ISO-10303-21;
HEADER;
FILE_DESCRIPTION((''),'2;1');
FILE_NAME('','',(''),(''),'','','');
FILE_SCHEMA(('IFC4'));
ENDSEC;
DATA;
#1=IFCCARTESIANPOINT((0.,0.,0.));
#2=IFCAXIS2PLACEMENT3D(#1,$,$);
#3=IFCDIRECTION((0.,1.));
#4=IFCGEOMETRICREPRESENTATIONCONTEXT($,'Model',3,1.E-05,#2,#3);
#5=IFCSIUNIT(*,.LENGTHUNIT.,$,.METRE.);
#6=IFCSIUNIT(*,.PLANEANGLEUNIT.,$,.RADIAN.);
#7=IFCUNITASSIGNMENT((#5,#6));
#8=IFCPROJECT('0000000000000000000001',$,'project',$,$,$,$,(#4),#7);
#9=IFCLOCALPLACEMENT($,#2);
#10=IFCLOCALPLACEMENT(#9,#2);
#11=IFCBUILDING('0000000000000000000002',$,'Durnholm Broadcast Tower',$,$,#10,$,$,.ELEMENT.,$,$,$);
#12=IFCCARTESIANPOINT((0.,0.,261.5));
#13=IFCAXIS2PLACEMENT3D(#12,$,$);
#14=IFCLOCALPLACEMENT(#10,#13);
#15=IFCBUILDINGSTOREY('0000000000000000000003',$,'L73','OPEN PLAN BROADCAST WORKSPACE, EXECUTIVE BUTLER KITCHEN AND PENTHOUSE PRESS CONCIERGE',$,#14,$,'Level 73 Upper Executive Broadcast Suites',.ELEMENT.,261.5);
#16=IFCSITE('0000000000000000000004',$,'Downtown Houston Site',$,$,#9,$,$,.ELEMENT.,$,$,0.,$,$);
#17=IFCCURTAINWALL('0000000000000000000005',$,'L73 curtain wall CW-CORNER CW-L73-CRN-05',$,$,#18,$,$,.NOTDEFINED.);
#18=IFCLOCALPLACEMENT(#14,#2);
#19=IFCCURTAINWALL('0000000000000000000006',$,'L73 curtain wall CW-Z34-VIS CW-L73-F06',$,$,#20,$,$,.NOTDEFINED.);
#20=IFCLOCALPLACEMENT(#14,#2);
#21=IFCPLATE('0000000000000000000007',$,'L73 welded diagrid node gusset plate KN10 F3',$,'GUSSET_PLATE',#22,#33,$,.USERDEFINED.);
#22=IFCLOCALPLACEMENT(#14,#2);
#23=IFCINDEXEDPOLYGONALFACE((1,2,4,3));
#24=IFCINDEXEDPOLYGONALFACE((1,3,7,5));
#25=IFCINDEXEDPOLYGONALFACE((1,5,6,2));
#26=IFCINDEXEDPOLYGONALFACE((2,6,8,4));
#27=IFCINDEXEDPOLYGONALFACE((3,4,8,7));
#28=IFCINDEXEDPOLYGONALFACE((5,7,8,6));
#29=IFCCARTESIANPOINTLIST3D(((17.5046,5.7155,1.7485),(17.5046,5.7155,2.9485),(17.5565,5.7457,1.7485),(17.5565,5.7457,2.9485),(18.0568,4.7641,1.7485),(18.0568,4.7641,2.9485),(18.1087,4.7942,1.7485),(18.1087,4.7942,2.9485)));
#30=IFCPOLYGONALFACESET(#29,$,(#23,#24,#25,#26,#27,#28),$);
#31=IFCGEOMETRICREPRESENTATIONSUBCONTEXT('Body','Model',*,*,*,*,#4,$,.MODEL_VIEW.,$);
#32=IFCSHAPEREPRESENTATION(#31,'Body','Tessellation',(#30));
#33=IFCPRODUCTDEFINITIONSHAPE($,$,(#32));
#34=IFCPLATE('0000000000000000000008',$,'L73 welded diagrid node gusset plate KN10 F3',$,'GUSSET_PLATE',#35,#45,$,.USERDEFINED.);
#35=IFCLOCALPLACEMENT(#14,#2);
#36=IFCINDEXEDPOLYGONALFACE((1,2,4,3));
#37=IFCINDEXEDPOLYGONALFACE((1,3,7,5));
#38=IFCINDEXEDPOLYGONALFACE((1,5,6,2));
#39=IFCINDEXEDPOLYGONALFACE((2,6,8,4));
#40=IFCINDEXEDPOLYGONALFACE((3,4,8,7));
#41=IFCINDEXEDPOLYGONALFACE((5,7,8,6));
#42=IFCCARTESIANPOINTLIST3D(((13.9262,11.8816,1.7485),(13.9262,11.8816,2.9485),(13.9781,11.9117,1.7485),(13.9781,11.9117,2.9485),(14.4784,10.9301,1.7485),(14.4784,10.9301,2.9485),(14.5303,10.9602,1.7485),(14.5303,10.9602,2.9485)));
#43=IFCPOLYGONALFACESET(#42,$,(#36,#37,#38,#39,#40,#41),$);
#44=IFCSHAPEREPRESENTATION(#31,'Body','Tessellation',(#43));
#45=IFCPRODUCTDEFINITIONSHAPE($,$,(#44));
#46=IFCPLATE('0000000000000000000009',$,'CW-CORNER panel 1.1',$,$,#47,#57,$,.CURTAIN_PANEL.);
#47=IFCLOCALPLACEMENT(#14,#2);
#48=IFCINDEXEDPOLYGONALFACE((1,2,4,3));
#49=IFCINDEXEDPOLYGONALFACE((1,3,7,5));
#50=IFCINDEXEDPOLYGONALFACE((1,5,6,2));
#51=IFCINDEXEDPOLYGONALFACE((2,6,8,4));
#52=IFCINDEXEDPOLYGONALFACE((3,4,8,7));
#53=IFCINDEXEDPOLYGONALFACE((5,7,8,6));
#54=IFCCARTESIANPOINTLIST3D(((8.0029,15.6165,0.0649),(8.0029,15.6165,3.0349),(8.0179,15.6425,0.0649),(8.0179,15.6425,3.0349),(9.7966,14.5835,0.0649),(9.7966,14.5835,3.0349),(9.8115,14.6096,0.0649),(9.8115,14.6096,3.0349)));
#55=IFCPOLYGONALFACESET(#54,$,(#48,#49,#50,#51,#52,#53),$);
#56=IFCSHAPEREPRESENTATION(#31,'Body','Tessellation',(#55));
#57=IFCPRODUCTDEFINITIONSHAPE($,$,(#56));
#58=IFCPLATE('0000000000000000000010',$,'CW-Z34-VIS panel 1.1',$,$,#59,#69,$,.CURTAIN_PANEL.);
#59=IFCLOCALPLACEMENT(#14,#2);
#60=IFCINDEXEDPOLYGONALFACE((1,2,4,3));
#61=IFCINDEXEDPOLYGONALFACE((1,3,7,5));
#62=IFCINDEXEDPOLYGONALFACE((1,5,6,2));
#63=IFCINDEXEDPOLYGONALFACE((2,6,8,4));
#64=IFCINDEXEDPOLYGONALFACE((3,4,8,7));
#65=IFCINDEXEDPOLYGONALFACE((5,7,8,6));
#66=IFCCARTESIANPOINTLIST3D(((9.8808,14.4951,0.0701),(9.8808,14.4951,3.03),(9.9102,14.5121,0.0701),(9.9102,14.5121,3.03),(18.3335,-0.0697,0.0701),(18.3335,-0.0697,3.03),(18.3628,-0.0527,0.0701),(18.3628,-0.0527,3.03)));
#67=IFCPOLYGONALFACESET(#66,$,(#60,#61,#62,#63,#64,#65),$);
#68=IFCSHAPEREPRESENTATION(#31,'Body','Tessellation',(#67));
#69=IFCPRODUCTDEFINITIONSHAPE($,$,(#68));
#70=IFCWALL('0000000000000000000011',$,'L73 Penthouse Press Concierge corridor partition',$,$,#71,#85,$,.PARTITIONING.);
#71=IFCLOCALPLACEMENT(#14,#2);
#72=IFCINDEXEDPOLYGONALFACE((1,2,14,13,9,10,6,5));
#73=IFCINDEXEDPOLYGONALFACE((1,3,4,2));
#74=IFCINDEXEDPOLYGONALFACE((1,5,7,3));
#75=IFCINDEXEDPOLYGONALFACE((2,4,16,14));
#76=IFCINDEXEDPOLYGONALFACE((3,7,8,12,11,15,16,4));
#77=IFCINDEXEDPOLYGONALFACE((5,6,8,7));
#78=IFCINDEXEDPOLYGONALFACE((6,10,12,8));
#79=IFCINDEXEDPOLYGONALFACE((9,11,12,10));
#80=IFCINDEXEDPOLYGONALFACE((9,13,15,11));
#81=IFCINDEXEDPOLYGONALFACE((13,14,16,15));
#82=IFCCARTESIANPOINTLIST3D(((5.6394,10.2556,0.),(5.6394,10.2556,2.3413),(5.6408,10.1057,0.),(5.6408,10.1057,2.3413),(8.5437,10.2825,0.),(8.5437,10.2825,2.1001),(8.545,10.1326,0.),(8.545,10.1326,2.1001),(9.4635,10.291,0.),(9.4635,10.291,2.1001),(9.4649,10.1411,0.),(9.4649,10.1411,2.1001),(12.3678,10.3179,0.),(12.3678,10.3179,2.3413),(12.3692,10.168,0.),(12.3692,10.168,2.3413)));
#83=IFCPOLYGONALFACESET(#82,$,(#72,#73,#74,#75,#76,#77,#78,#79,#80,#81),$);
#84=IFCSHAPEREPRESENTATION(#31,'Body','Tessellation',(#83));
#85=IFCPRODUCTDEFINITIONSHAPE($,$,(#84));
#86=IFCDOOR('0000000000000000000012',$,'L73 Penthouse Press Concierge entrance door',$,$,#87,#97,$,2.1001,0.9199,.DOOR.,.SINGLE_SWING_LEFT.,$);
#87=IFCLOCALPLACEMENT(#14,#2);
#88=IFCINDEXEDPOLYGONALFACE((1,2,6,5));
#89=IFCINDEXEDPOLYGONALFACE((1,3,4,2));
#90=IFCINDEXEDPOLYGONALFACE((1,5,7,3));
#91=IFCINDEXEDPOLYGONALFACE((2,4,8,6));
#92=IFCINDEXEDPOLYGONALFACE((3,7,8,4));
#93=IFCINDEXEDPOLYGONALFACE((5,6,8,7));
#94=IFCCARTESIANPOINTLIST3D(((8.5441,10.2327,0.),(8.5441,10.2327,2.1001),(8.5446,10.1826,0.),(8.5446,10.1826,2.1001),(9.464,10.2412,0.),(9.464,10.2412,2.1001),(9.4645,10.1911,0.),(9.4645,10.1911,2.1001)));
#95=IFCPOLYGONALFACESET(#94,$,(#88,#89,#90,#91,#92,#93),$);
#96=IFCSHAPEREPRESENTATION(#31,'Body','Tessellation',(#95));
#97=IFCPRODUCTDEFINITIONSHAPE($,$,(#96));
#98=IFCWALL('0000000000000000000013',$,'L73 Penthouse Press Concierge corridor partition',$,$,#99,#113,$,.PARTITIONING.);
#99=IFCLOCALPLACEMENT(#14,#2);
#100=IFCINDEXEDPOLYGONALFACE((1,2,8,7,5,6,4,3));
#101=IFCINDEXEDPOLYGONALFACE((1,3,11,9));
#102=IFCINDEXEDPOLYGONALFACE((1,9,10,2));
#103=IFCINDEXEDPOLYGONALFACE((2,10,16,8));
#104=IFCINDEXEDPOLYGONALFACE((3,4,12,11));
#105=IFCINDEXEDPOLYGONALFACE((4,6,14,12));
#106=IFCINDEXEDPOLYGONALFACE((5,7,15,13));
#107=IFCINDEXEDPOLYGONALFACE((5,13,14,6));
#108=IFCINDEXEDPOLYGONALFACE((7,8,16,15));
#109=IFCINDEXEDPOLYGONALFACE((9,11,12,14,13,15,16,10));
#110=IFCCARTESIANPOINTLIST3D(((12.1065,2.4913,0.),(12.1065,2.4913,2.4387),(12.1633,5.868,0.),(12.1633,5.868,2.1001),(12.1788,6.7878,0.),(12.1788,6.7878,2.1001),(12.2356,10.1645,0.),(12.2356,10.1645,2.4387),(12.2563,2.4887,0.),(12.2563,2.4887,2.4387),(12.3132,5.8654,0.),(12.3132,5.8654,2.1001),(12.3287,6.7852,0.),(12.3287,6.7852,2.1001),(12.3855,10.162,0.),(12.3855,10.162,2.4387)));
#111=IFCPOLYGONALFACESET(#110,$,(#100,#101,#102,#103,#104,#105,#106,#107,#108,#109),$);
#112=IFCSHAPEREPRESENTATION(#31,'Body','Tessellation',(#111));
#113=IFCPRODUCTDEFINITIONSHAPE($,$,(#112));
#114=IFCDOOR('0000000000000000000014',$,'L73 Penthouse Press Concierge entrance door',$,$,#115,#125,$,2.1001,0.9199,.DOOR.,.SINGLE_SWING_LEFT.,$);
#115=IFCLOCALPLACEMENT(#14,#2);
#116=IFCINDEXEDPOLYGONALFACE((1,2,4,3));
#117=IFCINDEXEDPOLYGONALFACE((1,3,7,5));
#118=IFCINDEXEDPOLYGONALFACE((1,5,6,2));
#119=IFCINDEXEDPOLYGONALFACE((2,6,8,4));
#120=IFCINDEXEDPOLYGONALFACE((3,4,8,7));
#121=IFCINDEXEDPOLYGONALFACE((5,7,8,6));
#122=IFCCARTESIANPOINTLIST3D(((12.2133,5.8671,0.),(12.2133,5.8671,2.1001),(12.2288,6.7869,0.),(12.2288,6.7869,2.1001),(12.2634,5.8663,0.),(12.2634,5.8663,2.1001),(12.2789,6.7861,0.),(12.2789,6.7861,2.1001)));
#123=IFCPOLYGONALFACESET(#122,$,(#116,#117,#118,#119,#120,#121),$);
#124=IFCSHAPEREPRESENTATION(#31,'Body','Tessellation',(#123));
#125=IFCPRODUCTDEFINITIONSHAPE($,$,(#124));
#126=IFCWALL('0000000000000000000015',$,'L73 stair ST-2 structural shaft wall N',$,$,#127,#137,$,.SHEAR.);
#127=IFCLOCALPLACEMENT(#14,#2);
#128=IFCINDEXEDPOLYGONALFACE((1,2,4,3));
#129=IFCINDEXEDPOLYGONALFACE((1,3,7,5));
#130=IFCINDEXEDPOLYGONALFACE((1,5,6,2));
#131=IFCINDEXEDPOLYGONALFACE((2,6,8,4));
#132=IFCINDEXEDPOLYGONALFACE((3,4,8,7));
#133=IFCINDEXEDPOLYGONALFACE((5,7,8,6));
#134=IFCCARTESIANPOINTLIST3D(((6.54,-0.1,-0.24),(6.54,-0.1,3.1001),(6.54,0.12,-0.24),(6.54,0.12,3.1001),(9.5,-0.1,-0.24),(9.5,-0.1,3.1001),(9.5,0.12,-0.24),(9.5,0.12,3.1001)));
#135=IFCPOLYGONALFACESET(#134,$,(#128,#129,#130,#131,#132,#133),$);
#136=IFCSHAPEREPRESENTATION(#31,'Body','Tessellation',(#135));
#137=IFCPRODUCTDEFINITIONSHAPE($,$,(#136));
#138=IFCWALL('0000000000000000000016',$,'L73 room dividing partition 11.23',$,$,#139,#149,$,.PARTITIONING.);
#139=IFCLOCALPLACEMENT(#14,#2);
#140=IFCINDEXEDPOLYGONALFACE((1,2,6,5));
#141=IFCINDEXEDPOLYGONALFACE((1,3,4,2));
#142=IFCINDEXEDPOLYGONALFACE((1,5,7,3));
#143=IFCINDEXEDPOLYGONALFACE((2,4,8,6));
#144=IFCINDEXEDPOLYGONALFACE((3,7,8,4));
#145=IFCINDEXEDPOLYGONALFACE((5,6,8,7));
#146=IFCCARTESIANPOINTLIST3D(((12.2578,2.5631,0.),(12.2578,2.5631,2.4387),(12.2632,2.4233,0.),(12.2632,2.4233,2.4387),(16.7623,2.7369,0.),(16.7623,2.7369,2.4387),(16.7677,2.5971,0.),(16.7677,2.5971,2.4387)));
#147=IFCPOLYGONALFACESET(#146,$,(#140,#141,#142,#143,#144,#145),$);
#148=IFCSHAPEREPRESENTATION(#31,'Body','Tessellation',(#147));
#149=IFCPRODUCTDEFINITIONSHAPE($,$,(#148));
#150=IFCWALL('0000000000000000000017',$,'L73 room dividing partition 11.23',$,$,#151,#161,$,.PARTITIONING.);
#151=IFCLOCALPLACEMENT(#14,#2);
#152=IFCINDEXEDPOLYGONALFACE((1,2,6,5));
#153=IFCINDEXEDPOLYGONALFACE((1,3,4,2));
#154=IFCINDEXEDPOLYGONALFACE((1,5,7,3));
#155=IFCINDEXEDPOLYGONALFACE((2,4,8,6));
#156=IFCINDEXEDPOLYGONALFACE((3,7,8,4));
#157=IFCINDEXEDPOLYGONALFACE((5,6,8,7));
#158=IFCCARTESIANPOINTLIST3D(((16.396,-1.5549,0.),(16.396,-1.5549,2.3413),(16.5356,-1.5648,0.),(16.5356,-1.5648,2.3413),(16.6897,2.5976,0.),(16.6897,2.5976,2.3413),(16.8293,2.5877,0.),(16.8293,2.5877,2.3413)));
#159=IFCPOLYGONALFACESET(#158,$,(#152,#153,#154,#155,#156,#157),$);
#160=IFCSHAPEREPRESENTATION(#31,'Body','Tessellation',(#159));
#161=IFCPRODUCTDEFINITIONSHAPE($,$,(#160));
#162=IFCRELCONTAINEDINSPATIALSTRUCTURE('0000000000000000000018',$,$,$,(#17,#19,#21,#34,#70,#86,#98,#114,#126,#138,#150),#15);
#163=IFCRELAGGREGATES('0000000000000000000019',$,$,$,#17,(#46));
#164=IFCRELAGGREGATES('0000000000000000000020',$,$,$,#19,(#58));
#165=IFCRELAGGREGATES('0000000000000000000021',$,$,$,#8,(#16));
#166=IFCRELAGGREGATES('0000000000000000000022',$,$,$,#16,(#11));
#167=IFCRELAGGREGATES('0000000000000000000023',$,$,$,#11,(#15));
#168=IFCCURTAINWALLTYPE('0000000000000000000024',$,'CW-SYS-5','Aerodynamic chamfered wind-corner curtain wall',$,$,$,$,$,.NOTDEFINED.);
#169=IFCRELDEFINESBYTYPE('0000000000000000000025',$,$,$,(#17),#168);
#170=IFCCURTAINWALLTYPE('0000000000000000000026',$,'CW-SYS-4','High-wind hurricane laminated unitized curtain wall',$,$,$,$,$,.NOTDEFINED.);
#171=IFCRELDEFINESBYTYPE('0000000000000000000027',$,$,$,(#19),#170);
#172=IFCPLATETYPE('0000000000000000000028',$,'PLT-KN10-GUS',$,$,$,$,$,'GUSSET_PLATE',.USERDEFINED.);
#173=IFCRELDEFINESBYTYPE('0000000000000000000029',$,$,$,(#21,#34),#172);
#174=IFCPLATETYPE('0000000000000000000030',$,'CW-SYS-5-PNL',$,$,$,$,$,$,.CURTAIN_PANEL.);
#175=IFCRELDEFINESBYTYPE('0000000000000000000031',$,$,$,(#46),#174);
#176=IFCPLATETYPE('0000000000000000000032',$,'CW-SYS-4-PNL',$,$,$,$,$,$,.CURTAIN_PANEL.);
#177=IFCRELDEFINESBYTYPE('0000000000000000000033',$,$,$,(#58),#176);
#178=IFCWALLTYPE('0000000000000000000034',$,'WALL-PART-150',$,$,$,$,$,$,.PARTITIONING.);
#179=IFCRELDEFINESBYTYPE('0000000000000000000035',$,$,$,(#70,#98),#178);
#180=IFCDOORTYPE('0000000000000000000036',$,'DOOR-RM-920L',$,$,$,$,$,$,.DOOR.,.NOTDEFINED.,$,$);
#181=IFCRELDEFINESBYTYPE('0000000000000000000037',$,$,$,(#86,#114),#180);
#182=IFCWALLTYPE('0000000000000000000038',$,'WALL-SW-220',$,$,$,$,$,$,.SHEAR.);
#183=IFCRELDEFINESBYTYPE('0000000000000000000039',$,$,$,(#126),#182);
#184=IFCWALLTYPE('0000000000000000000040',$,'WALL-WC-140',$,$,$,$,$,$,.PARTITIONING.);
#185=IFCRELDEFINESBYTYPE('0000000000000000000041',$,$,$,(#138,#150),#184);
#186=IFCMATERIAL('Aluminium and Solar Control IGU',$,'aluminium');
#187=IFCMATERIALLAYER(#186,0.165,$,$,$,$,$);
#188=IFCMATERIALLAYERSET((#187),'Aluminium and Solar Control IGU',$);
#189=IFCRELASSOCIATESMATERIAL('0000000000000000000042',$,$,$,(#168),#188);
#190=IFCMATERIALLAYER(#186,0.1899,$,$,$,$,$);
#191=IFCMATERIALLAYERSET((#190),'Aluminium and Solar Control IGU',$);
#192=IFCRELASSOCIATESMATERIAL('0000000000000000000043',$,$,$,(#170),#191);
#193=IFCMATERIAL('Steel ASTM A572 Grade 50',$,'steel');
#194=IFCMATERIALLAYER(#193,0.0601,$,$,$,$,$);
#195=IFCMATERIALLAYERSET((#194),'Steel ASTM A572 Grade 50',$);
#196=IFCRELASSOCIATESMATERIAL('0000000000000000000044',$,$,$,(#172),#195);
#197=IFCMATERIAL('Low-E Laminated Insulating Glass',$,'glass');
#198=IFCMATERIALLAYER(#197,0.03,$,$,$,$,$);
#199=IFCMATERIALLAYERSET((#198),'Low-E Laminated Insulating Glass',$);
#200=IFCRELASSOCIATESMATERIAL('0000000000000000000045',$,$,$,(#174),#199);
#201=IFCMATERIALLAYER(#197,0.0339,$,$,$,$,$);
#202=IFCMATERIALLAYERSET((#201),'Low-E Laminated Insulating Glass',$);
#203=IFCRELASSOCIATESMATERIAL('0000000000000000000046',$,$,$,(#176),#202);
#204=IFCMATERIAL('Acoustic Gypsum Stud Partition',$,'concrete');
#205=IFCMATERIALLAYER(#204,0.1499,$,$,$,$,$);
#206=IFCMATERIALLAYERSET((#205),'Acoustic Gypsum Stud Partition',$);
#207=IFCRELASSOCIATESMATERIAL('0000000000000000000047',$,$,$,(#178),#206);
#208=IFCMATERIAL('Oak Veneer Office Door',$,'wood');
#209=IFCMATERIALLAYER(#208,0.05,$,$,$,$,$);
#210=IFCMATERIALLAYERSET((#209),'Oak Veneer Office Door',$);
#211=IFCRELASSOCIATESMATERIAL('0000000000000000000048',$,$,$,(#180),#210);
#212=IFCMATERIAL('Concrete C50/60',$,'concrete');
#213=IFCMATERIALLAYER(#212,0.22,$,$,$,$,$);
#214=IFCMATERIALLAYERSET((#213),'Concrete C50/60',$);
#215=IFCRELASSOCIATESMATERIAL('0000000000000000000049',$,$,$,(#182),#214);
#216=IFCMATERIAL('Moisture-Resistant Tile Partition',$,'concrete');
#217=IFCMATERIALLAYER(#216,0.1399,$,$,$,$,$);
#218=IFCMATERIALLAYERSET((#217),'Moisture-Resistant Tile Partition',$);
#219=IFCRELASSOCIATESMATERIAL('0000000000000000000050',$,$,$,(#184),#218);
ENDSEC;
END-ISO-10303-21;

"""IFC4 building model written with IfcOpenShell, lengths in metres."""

from ifc_helpers import new_model, si_unit, direction, frame, frame_2d, origin, origin_2d, place, context, subcontext, project, spatial, rectangle, extrude, source, transform, mapped, material, layer, layer_set, type_object, type_shapes, element, fill, aggregate, save


model = new_model("IFC4")

# Units and contexts
model_context = context("Model", 3, precision=1e-05, world=origin(), true_north=direction((0.0, 1.0)))
body_context = subcontext(model_context, "Body", "Model", "MODEL_VIEW")
ifc_project = project(units=[si_unit("LENGTHUNIT", "METRE"), si_unit("PLANEANGLEUNIT", "RADIAN")], contexts=[model_context])

# Site, building, storey
site_placement = place(None, origin())
site = spatial("IfcSite", under=ifc_project, at=site_placement, Name="Downtown Houston Site", CompositionType="ELEMENT", RefElevation=0.0)
building_placement = place(site_placement, origin())
building = spatial("IfcBuilding", under=site, at=building_placement, Name="Durnholm Broadcast Tower", CompositionType="ELEMENT")
storey_placement = place(building_placement, frame((0.0, 0.0, 261.5)))
storey = spatial("IfcBuildingStorey", under=building, at=storey_placement, Name="L73", Description="OPEN PLAN BROADCAST WORKSPACE, EXECUTIVE BUTLER KITCHEN AND PENTHOUSE PRESS CONCIERGE", LongName="Level 73 Upper Executive Broadcast Suites", CompositionType="ELEMENT", Elevation=261.5)

# Curtain walls
ifc_material_1 = material(Name="Aluminium and Solar Control IGU", Category="aluminium")
ifc_layer_1 = layer(ifc_material_1, 0.165)
ifc_layer_set_1 = layer_set([ifc_layer_1], Name="Aluminium and Solar Control IGU")
curtain_wall_type_1 = type_object("IfcCurtainWallType", Name="CW-SYS-5", Description="Aerodynamic chamfered wind-corner curtain wall", PredefinedType="NOTDEFINED", material=ifc_layer_set_1)
curtain_wall_1_placement = place(storey_placement, origin())
curtain_wall_1 = element("IfcCurtainWall", 1, at=curtain_wall_1_placement, inside=storey, type_object=curtain_wall_type_1, Name="L73 curtain wall CW-CORNER CW-L73-CRN-05", PredefinedType="NOTDEFINED")
ifc_layer_2 = layer(ifc_material_1, 0.1899)
ifc_layer_set_2 = layer_set([ifc_layer_2], Name="Aluminium and Solar Control IGU")
curtain_wall_type_2 = type_object("IfcCurtainWallType", Name="CW-SYS-4", Description="High-wind hurricane laminated unitized curtain wall", PredefinedType="NOTDEFINED", material=ifc_layer_set_2)
curtain_wall_2_placement = place(storey_placement, origin())
curtain_wall_2 = element("IfcCurtainWall", 2, at=curtain_wall_2_placement, inside=storey, type_object=curtain_wall_type_2, Name="L73 curtain wall CW-Z34-VIS CW-L73-F06", PredefinedType="NOTDEFINED")

# Plates
ifc_material_2 = material(Name="Steel ASTM A572 Grade 50", Category="steel")
ifc_layer_3 = layer(ifc_material_2, 0.0601)
ifc_layer_set_3 = layer_set([ifc_layer_3], Name="Steel ASTM A572 Grade 50")
plate_type_1 = type_object("IfcPlateType", Name="PLT-KN10-GUS", ElementType="GUSSET_PLATE", PredefinedType="USERDEFINED", material=ifc_layer_set_3)
shared_shape_1 = source(origin(), body_context, "Body", "SweptSolid", [
    extrude(rectangle(XDim=1.1001, YDim=0.0601, at=origin_2d()), origin(), (0.0, 0.0, 1.0), 1.2),
])
type_shapes(plate_type_1, [shared_shape_1])
for number, where, z_axis, x_axis, name in (
    (3, (17.8066, 5.2549, 1.7485), (0.0, 0.0, 1.0), (-0.501964, 0.864889, 0.0), "L73 welded diagrid node gusset plate KN10 F3"),
    (4, (14.2283, 11.4209, 1.7485), (0.0, 0.0, 1.0), (-0.501964, 0.864889, 0.0), "L73 welded diagrid node gusset plate KN10 F3"),
):
    element("IfcPlate", number, at=place(storey_placement, frame(where, z_axis=z_axis, x_axis=x_axis)), inside=storey, type_object=plate_type_1, Name=name, ObjectType="GUSSET_PLATE", PredefinedType="USERDEFINED", context=body_context, shape_type="MappedRepresentation", body=[
        mapped(shared_shape_1, transform((0.0, 0.0, 0.0), x_axis=(1.0, 0.0, 0.0), y_axis=(0.0, 1.0, 0.0), z_axis=(0.0, 0.0, 1.0), scale=1.0)),
    ])

# Plates
ifc_material_3 = material(Name="Low-E Laminated Insulating Glass", Category="glass")
ifc_layer_4 = layer(ifc_material_3, 0.03)
ifc_layer_set_4 = layer_set([ifc_layer_4], Name="Low-E Laminated Insulating Glass")
plate_type_2 = type_object("IfcPlateType", Name="CW-SYS-5-PNL", PredefinedType="CURTAIN_PANEL", material=ifc_layer_set_4)
shared_shape_2 = source(origin(), body_context, "Body", "SweptSolid", [
    extrude(rectangle(XDim=2.0698, YDim=0.03, at=origin_2d()), origin(), (0.0, 0.0, 1.0), 2.97),
])
type_shapes(plate_type_2, [shared_shape_2])
plate_1_placement = place(storey_placement, frame((8.9072, 15.113, 0.0649), z_axis=(0.0, 0.0, 1.0), x_axis=(0.866568, -0.499059, 0.0)))
plate_1 = element("IfcPlate", 5, at=plate_1_placement, type_object=plate_type_2, Name="CW-CORNER panel 1.1", PredefinedType="CURTAIN_PANEL", context=body_context, shape_type="MappedRepresentation", body=[
    mapped(shared_shape_2, transform((0.0, 0.0, 0.0), x_axis=(1.0, 0.0, 0.0), y_axis=(0.0, 1.0, 0.0), z_axis=(0.0, 0.0, 1.0), scale=1.0)),
])
aggregate(curtain_wall_1, [plate_1])
ifc_layer_5 = layer(ifc_material_3, 0.0339)
ifc_layer_set_5 = layer_set([ifc_layer_5], Name="Low-E Laminated Insulating Glass")
plate_type_3 = type_object("IfcPlateType", Name="CW-SYS-4-PNL", PredefinedType="CURTAIN_PANEL", material=ifc_layer_set_5)
shared_shape_3 = source(origin(), body_context, "Body", "SweptSolid", [
    extrude(rectangle(XDim=16.8398, YDim=0.0339, at=origin_2d()), origin(), (0.0, 0.0, 1.0), 2.96),
])
type_shapes(plate_type_3, [shared_shape_3])
plate_2_placement = place(storey_placement, frame((14.1218, 7.2212, 0.0701), z_axis=(0.0, 0.0, 1.0), x_axis=(0.501944, -0.8649, 0.0)))
plate_2 = element("IfcPlate", 6, at=plate_2_placement, type_object=plate_type_3, Name="CW-Z34-VIS panel 1.1", PredefinedType="CURTAIN_PANEL", context=body_context, shape_type="MappedRepresentation", body=[
    mapped(shared_shape_3, transform((0.0, 0.0, 0.0), x_axis=(1.0, 0.0, 0.0), y_axis=(0.0, 1.0, 0.0), z_axis=(0.0, 0.0, 1.0), scale=1.0)),
])
aggregate(curtain_wall_2, [plate_2])

# Walls, openings, doors
ifc_material_4 = material(Name="Acoustic Gypsum Stud Partition", Category="concrete")
ifc_layer_6 = layer(ifc_material_4, 0.1499)
ifc_layer_set_6 = layer_set([ifc_layer_6], Name="Acoustic Gypsum Stud Partition")
wall_type_1 = type_object("IfcWallType", Name="WALL-PART-150", PredefinedType="PARTITIONING", material=ifc_layer_set_6)
wall_1_placement = place(storey_placement, frame((12.3684, 10.2429, 0.0), z_axis=(0.0, 0.0, 1.0), x_axis=(-0.999957, -0.009252, 0.0)))
wall_1 = element("IfcWall", 7, at=wall_1_placement, inside=storey, type_object=wall_type_1, Name="L73 Penthouse Press Concierge corridor partition", PredefinedType="PARTITIONING", context=body_context, shape_type="SweptSolid", body=[
    extrude(rectangle(XDim=6.7288, YDim=0.1499, at=frame_2d((3.3643, 0.0))), origin(), (0.0, 0.0, 1.0), 2.3413),
])
opening_1_placement = place(wall_1_placement, frame((2.9043, 0.0, 0.0)))
opening_1 = element("IfcOpeningElement", 8, at=opening_1_placement, cuts=wall_1, PredefinedType="OPENING", context=body_context, shape_type="SweptSolid", body=[
    extrude(rectangle(XDim=0.9199, YDim=2.1001, at=frame_2d((0.46, 1.05))), frame((0.0, 0.085, 0.0), z_axis=(0.0, -1.0, 0.0), x_axis=(1.0, 0.0, 0.0)), (0.0, 0.0, 1.0), 0.1699),
])
ifc_material_5 = material(Name="Oak Veneer Office Door", Category="wood")
ifc_layer_7 = layer(ifc_material_5, 0.05)
ifc_layer_set_7 = layer_set([ifc_layer_7], Name="Oak Veneer Office Door")
door_type = type_object("IfcDoorType", Name="DOOR-RM-920L", OperationType="NOTDEFINED", PredefinedType="DOOR", material=ifc_layer_set_7)
shared_shape_4 = source(origin(), body_context, "Body", "SweptSolid", [
    extrude(rectangle(XDim=0.9199, YDim=2.1001, at=frame_2d((0.46, 1.05))), frame((0.0, 0.0249, 0.0), z_axis=(0.0, -1.0, 0.0), x_axis=(1.0, 0.0, 0.0)), (0.0, 0.0, 1.0), 0.05),
])
type_shapes(door_type, [shared_shape_4])
door_1_placement = place(opening_1_placement, origin())
door_1 = element("IfcDoor", 9, at=door_1_placement, inside=storey, type_object=door_type, Name="L73 Penthouse Press Concierge entrance door", OperationType="SINGLE_SWING_LEFT", OverallHeight=2.1001, OverallWidth=0.9199, PredefinedType="DOOR", context=body_context, shape_type="MappedRepresentation", body=[
    mapped(shared_shape_4, transform((0.0, 0.0, 0.0), x_axis=(1.0, 0.0, 0.0), y_axis=(0.0, 1.0, 0.0), z_axis=(0.0, 0.0, 1.0), scale=1.0)),
])
fill(opening_1, door_1)
wall_2_placement = place(storey_placement, frame((12.1814, 2.49, 0.0), z_axis=(0.0, 0.0, 1.0), x_axis=(0.016829, 0.999858, 0.0)))
wall_2 = element("IfcWall", 10, at=wall_2_placement, inside=storey, type_object=wall_type_1, Name="L73 Penthouse Press Concierge corridor partition", PredefinedType="PARTITIONING", context=body_context, shape_type="SweptSolid", body=[
    extrude(rectangle(XDim=7.6743, YDim=0.1499, at=frame_2d((3.8372, 0.0))), origin(), (0.0, 0.0, 1.0), 2.4387),
])
opening_2_placement = place(wall_2_placement, frame((3.3772, 0.0, 0.0)))
opening_2 = element("IfcOpeningElement", 11, at=opening_2_placement, cuts=wall_2, PredefinedType="OPENING", context=body_context, shape_type="SweptSolid", body=[
    extrude(rectangle(XDim=0.9199, YDim=2.1001, at=frame_2d((0.46, 1.05))), frame((0.0, 0.085, 0.0), z_axis=(0.0, -1.0, 0.0), x_axis=(1.0, 0.0, 0.0)), (0.0, 0.0, 1.0), 0.1699),
])
door_2_placement = place(opening_2_placement, origin())
door_2 = element("IfcDoor", 12, at=door_2_placement, inside=storey, type_object=door_type, Name="L73 Penthouse Press Concierge entrance door", OperationType="SINGLE_SWING_LEFT", OverallHeight=2.1001, OverallWidth=0.9199, PredefinedType="DOOR", context=body_context, shape_type="MappedRepresentation", body=[
    mapped(shared_shape_4, transform((0.0, 0.0, 0.0), x_axis=(1.0, 0.0, 0.0), y_axis=(0.0, 1.0, 0.0), z_axis=(0.0, 0.0, 1.0), scale=1.0)),
])
fill(opening_2, door_2)

# Walls
ifc_material_6 = material(Name="Concrete C50/60", Category="concrete")
ifc_layer_8 = layer(ifc_material_6, 0.22)
ifc_layer_set_8 = layer_set([ifc_layer_8], Name="Concrete C50/60")
wall_type_2 = type_object("IfcWallType", Name="WALL-SW-220", PredefinedType="SHEAR", material=ifc_layer_set_8)
wall_3_placement = place(storey_placement, frame((9.5, 0.01, -0.24), z_axis=(0.0, 0.0, 1.0), x_axis=(-1.0, 0.0, 0.0)))
element("IfcWall", 13, at=wall_3_placement, inside=storey, type_object=wall_type_2, Name="L73 stair ST-2 structural shaft wall N", PredefinedType="SHEAR", context=body_context, shape_type="SweptSolid", body=[
    extrude(rectangle(XDim=2.96, YDim=0.22, at=frame_2d((1.48, 0.0))), origin(), (0.0, 0.0, 1.0), 3.3401),
])
ifc_material_7 = material(Name="Moisture-Resistant Tile Partition", Category="concrete")
ifc_layer_9 = layer(ifc_material_7, 0.1399)
ifc_layer_set_9 = layer_set([ifc_layer_9], Name="Moisture-Resistant Tile Partition")
wall_type_3 = type_object("IfcWallType", Name="WALL-WC-140", PredefinedType="PARTITIONING", material=ifc_layer_set_9)
wall_4_placement = place(storey_placement, frame((12.2605, 2.4932, 0.0), z_axis=(0.0, 0.0, 1.0), x_axis=(0.999256, 0.038562, 0.0)))
element("IfcWall", 14, at=wall_4_placement, inside=storey, type_object=wall_type_3, Name="L73 room dividing partition 11.23", PredefinedType="PARTITIONING", context=body_context, shape_type="SweptSolid", body=[
    extrude(rectangle(XDim=4.5078, YDim=0.1399, at=frame_2d((2.2539, 0.0))), origin(), (0.0, 0.0, 1.0), 2.4387),
])
wall_5_placement = place(storey_placement, frame((16.7595, 2.5928, 0.0), z_axis=(0.0, 0.0, 1.0), x_axis=(-0.070551, -0.997508, 0.0)))
element("IfcWall", 15, at=wall_5_placement, inside=storey, type_object=wall_type_3, Name="L73 room dividing partition 11.23", PredefinedType="PARTITIONING", context=body_context, shape_type="SweptSolid", body=[
    extrude(rectangle(XDim=4.1628, YDim=0.1399, at=frame_2d((2.0815, 0.0))), origin(), (0.0, 0.0, 1.0), 2.3413),
])

save(model, "model.ifc")
